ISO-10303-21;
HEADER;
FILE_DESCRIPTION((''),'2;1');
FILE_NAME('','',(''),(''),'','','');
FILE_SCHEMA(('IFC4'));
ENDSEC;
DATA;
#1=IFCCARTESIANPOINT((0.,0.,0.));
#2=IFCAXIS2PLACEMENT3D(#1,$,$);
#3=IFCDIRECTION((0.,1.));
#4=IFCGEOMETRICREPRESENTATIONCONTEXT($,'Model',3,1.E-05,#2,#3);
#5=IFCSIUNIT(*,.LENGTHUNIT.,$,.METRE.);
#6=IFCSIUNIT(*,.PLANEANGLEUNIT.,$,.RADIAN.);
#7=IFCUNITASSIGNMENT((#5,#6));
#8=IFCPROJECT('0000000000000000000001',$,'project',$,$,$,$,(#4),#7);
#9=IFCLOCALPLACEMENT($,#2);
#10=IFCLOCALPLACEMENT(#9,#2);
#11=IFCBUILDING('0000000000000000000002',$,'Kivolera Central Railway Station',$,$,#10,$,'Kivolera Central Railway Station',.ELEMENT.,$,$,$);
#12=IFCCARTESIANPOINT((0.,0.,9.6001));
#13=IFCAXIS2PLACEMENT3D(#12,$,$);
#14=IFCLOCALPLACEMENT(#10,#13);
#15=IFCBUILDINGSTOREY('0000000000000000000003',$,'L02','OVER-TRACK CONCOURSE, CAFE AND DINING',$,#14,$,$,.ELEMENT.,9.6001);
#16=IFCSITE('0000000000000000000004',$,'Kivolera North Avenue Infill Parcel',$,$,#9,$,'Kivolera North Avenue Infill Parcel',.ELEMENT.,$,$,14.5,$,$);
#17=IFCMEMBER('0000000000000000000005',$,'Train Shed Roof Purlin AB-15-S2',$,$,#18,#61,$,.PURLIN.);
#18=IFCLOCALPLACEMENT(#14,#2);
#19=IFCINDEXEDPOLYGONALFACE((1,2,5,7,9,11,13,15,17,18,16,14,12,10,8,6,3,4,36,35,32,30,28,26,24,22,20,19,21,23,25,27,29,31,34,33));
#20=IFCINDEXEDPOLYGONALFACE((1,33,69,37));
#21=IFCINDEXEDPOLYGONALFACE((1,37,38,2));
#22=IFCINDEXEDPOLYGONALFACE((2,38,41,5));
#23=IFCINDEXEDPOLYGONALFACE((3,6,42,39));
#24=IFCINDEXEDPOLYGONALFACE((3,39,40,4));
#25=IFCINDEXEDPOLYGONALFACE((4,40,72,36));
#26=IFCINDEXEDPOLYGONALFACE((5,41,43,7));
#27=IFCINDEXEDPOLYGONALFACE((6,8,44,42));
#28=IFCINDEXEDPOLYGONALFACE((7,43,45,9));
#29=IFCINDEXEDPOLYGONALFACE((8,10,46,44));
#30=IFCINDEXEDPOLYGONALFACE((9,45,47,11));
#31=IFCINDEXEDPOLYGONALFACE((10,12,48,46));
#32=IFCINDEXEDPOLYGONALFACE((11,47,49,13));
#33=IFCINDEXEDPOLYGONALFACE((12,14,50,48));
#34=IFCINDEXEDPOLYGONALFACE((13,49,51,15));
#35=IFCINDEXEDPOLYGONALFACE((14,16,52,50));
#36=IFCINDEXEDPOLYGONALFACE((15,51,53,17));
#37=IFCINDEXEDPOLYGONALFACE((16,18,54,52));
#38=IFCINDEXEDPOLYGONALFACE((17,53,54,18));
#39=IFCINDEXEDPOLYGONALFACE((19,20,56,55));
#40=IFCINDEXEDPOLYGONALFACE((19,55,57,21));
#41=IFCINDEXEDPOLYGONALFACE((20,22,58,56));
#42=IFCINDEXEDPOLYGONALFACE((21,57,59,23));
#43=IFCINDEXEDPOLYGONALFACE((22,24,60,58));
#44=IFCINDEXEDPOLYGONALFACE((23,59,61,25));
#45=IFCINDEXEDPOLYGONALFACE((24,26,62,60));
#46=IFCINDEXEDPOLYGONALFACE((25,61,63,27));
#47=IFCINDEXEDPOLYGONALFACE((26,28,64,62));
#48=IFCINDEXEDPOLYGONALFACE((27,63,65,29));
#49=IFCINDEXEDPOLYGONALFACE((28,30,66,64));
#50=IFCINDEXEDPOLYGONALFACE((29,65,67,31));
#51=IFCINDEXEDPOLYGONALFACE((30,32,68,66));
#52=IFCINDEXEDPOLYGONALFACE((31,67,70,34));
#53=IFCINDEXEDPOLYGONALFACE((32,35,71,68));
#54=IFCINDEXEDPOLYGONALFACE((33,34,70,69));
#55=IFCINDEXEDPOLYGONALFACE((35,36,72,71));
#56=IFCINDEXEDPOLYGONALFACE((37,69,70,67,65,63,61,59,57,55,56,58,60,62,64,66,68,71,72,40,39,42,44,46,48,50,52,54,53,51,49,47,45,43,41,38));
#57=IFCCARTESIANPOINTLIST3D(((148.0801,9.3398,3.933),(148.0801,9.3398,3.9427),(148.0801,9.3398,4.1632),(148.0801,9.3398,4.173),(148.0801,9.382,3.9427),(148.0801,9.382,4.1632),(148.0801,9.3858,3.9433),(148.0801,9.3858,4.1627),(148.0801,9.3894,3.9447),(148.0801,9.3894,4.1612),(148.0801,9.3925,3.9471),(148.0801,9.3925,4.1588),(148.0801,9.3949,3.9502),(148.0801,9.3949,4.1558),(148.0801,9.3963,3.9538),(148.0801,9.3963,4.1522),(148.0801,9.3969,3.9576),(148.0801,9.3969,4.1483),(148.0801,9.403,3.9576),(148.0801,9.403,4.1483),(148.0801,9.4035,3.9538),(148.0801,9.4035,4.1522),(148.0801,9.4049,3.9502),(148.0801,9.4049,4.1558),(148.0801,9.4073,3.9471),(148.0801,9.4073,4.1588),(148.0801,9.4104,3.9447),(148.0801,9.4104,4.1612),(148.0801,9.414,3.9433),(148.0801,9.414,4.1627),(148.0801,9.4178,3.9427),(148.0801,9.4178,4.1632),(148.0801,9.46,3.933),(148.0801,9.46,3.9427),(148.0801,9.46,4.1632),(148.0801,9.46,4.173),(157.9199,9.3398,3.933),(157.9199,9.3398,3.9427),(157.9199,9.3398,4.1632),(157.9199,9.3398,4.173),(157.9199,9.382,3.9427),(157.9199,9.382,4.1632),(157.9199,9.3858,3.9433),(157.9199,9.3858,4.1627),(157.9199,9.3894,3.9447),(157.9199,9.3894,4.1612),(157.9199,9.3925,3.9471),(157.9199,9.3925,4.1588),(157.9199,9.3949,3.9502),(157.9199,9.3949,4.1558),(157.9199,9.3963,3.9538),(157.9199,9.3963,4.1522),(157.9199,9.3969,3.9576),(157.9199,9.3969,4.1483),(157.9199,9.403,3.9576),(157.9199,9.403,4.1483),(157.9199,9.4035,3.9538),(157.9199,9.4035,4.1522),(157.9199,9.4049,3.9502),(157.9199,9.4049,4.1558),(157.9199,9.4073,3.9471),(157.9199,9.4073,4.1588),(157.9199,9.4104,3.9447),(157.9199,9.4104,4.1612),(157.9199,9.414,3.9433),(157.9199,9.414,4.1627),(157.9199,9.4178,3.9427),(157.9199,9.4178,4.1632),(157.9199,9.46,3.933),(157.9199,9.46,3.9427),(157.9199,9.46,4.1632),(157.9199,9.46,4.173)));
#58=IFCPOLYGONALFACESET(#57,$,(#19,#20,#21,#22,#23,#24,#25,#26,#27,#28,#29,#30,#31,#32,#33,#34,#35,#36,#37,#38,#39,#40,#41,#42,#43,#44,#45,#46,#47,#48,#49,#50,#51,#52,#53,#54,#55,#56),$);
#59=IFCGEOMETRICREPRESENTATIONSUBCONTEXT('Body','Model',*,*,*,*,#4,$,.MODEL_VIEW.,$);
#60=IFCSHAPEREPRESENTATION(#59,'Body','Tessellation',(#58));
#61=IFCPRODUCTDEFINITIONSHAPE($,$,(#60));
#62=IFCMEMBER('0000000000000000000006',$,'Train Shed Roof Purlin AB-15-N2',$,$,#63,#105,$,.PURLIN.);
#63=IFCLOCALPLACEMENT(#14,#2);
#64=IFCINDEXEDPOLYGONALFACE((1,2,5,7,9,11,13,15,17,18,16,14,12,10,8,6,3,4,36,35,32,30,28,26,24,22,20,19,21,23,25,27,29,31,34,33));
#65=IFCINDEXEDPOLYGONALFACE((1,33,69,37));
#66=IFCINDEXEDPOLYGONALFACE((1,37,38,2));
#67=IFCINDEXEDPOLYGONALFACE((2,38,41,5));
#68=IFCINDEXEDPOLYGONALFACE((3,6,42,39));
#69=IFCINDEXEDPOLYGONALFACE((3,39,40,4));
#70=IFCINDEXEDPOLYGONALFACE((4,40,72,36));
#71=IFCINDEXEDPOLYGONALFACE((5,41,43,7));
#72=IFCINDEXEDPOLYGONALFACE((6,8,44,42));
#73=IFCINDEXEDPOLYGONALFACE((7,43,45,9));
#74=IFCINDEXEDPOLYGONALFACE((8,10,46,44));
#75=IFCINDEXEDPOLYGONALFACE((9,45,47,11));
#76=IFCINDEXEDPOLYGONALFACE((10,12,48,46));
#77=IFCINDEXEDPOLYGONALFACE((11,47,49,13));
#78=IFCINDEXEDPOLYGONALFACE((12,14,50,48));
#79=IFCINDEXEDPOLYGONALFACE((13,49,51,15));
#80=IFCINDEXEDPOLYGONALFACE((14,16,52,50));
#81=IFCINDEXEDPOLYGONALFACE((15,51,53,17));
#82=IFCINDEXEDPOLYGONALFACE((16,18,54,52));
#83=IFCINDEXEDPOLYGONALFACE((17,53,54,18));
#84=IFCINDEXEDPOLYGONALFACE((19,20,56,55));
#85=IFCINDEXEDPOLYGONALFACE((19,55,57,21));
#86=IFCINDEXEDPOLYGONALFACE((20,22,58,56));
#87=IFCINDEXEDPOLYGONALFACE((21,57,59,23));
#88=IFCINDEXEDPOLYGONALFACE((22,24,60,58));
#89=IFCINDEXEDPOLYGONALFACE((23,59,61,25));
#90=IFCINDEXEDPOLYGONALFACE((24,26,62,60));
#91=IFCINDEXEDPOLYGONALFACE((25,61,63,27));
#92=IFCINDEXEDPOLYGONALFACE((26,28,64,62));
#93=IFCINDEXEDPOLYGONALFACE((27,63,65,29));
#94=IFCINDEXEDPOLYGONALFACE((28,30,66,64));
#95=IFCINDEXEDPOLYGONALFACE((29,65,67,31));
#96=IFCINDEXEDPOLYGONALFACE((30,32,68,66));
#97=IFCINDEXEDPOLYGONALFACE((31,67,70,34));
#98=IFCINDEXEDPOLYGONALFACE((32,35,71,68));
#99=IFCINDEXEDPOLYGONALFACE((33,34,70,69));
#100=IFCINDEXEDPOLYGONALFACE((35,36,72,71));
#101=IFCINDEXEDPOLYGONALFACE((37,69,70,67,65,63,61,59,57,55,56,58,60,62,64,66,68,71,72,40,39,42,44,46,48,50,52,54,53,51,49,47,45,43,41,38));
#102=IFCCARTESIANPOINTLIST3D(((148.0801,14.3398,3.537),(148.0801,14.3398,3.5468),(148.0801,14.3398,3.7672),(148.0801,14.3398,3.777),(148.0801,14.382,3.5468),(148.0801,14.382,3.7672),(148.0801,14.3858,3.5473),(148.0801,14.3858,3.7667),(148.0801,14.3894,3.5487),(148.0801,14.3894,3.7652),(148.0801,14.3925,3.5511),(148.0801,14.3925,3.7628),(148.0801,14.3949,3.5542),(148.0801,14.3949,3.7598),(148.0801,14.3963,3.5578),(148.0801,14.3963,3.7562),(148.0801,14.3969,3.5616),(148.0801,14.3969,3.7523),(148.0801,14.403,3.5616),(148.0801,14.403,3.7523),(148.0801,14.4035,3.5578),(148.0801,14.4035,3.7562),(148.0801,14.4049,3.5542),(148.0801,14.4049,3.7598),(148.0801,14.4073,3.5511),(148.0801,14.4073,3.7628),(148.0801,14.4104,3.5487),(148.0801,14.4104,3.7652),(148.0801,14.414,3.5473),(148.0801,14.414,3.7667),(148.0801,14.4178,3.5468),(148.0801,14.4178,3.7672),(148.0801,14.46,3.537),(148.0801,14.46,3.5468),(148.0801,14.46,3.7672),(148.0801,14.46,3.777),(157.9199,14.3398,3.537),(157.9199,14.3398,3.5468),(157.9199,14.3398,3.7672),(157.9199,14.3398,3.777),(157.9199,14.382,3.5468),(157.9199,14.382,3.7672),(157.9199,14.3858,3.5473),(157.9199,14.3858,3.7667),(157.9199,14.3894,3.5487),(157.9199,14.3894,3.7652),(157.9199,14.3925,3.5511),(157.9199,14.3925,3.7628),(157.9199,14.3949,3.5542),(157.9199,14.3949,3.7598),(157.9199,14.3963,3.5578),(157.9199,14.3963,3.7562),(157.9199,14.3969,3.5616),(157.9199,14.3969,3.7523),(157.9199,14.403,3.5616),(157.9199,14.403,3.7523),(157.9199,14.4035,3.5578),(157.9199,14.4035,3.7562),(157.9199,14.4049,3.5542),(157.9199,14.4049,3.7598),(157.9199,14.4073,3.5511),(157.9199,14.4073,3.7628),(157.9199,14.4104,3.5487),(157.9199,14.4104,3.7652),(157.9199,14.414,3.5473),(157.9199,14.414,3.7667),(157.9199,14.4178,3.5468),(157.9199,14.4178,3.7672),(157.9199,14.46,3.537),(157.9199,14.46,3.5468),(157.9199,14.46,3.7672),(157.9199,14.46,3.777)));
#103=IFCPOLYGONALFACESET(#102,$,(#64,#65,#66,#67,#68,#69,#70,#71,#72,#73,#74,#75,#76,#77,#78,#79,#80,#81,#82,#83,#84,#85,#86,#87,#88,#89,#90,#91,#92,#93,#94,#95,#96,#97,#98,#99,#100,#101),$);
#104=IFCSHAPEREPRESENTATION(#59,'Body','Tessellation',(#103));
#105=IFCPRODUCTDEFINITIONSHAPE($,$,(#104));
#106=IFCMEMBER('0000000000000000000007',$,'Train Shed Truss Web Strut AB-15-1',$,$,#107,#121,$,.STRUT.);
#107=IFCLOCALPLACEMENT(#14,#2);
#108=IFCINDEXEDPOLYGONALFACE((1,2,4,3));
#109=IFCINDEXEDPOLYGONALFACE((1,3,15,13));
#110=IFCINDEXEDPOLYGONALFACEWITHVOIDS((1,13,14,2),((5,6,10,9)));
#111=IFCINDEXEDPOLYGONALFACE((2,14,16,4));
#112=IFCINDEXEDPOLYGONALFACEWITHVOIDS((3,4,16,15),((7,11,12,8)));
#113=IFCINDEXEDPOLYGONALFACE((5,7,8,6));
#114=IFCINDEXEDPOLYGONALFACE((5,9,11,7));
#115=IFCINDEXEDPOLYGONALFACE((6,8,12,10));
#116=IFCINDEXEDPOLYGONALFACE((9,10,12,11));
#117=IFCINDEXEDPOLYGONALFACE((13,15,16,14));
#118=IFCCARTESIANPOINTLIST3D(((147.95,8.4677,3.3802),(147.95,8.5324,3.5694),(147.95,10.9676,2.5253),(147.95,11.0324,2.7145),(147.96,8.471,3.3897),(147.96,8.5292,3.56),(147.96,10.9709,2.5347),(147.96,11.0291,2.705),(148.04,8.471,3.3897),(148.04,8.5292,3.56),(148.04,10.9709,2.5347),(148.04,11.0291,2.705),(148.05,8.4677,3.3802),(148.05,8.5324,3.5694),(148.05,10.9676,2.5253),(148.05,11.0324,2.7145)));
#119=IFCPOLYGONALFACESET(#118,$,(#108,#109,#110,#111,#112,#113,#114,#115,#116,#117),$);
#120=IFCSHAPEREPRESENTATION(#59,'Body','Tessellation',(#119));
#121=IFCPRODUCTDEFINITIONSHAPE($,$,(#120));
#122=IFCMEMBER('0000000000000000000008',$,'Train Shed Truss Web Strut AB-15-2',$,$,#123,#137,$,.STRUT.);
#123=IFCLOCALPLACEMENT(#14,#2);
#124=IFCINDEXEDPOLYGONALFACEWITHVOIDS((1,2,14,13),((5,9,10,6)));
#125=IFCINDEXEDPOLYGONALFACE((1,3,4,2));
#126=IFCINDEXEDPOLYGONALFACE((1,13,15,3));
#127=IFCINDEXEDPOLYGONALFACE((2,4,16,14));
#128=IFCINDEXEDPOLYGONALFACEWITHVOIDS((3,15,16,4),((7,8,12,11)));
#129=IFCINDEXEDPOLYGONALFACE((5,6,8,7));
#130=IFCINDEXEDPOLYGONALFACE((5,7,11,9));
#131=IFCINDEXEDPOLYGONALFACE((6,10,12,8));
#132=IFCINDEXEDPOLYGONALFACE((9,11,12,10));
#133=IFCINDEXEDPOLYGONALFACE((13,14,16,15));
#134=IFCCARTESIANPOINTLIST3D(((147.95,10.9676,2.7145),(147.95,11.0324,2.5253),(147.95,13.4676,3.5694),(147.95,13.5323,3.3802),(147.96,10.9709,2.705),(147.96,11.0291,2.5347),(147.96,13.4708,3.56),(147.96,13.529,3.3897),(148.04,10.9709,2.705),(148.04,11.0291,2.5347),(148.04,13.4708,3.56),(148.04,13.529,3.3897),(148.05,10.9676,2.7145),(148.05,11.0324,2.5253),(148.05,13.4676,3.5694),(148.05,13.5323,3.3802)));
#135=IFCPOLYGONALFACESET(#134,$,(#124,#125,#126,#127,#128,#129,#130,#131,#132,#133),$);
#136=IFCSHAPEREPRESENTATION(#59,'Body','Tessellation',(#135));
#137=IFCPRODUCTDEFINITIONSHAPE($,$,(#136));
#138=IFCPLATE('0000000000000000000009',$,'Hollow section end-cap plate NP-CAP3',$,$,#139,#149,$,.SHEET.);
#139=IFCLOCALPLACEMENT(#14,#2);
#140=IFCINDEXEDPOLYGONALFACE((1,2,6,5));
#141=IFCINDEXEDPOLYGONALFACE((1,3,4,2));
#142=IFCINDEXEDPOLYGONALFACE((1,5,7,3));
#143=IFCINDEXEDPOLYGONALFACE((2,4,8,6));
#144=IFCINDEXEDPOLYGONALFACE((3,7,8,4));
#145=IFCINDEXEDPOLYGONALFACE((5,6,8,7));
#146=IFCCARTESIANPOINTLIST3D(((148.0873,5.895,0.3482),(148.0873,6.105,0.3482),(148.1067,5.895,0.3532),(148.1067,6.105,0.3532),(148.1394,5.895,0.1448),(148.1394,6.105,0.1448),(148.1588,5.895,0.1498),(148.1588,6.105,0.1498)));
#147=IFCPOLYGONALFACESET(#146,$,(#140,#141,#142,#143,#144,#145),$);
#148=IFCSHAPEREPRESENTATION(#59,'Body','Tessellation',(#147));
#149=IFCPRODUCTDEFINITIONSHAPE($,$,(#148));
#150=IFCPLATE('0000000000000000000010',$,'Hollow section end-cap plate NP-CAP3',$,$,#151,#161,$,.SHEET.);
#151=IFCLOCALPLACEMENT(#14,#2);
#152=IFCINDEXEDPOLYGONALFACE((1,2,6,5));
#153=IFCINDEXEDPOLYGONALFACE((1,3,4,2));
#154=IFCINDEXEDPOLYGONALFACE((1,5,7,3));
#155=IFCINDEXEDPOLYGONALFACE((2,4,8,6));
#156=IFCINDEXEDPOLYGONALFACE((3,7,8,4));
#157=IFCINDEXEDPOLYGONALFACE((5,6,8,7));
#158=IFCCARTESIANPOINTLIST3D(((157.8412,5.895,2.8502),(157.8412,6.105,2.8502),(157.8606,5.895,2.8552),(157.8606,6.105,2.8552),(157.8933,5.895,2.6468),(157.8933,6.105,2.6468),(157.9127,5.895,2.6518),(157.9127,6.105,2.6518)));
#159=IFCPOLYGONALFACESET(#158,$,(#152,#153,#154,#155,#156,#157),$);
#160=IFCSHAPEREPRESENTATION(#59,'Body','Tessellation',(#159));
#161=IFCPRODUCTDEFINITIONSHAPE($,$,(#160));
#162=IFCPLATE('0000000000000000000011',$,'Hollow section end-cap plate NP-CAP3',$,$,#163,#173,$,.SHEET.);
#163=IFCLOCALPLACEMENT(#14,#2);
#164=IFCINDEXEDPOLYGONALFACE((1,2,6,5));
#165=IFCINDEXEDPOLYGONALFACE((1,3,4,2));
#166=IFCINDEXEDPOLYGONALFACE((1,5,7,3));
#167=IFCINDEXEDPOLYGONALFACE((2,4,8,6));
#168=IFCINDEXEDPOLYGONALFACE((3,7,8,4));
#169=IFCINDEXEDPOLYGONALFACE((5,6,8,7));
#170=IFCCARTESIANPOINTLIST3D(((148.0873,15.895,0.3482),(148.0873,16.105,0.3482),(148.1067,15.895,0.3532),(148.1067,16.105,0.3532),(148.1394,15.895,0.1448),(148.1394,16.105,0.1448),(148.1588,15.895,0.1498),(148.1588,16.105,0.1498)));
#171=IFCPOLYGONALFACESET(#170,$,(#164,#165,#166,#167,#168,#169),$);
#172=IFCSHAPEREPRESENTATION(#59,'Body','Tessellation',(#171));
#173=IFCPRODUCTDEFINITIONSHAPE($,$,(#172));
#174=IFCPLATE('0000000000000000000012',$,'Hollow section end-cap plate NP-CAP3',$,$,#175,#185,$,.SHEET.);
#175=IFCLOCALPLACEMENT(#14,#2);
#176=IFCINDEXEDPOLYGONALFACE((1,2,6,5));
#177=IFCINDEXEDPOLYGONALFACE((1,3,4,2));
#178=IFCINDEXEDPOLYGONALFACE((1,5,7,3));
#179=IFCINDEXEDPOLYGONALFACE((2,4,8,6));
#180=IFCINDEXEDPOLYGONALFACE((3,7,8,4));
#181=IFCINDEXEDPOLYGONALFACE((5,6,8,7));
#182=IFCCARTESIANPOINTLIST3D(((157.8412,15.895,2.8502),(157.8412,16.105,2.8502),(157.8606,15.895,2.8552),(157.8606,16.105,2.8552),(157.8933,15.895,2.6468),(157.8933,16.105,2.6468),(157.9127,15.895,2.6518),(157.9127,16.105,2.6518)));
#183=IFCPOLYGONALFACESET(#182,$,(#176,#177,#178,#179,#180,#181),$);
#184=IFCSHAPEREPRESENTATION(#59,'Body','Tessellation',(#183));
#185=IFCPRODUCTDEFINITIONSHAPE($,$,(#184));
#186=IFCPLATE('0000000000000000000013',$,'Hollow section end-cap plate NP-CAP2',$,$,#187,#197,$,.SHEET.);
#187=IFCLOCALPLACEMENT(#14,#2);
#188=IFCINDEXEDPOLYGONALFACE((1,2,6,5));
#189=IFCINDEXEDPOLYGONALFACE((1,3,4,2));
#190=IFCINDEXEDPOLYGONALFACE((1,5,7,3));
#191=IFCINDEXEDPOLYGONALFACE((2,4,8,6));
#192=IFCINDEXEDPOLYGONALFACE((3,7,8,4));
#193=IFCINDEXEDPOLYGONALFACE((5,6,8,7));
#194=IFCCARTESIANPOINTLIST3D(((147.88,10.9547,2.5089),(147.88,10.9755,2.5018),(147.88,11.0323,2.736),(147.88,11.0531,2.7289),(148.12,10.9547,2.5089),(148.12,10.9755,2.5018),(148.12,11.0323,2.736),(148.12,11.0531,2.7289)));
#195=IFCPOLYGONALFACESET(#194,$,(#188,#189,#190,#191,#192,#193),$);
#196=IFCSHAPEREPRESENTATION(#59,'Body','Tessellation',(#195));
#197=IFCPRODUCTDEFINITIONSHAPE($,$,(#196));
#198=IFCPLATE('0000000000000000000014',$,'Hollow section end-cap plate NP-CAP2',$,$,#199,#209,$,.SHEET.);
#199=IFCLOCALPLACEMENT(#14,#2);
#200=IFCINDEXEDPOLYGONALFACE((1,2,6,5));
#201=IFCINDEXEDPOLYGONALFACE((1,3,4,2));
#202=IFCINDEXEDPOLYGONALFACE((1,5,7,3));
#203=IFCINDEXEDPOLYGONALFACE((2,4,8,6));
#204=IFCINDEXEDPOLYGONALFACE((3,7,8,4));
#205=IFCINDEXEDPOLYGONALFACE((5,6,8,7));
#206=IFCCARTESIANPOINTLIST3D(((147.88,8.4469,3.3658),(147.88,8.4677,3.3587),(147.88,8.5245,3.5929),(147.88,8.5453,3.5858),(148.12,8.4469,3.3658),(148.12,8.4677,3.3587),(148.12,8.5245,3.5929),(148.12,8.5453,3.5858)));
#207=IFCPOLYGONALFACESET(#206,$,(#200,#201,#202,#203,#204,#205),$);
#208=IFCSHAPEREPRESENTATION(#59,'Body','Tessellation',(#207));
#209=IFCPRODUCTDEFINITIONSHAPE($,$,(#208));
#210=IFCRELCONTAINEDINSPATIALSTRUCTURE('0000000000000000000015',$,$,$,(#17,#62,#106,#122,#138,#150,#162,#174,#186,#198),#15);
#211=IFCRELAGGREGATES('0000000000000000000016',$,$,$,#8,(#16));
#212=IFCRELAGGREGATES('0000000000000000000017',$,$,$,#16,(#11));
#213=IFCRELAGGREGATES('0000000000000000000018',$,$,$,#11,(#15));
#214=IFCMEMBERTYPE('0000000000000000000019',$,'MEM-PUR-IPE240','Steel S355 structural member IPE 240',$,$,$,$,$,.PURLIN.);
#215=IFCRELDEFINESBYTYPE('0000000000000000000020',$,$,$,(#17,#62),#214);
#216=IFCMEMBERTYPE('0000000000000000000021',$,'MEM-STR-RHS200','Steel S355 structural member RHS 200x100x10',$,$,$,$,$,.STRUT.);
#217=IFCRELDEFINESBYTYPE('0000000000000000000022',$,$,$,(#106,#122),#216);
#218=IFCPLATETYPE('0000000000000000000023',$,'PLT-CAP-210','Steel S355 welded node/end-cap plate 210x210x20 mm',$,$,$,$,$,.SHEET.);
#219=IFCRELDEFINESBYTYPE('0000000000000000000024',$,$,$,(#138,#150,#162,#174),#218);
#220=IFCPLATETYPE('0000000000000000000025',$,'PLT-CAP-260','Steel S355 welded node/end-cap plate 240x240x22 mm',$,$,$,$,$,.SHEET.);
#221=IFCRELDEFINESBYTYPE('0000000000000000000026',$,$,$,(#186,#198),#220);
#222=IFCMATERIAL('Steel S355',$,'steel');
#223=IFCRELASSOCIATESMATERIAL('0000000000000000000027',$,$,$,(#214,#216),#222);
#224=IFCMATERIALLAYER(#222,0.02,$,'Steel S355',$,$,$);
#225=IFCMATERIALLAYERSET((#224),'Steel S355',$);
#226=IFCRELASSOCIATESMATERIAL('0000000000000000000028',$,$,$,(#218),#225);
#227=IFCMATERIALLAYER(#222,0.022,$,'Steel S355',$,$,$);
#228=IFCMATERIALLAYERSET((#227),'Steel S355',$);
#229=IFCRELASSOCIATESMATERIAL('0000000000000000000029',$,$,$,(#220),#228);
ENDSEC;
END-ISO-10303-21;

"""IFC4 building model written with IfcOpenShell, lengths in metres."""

from ifc_helpers import new_model, si_unit, direction, frame, origin, origin_2d, place, context, subcontext, project, spatial, rectangle, hollow_rectangle, i_section, extrude, material, layer, layer_set, material_profile, profile_set, type_object, element, save


model = new_model("IFC4")

# Units and contexts
model_context = context("Model", 3, precision=1e-05, world=origin(), true_north=direction((0.0, 1.0)))
body_context = subcontext(model_context, "Body", "Model", "MODEL_VIEW")
ifc_project = project(units=[si_unit("LENGTHUNIT", "METRE"), si_unit("PLANEANGLEUNIT", "RADIAN")], contexts=[model_context])

# Site, building, storey
site_placement = place(None, origin())
site = spatial("IfcSite", under=ifc_project, at=site_placement, Name="Kivolera North Avenue Infill Parcel", LongName="Kivolera North Avenue Infill Parcel", CompositionType="ELEMENT", RefElevation=14.5)
building_placement = place(site_placement, origin())
building = spatial("IfcBuilding", under=site, at=building_placement, Name="Kivolera Central Railway Station", LongName="Kivolera Central Railway Station", CompositionType="ELEMENT")
storey_placement = place(building_placement, frame((0.0, 0.0, 9.6001)))
storey = spatial("IfcBuildingStorey", under=building, at=storey_placement, Name="L02", Description="OVER-TRACK CONCOURSE, CAFE AND DINING", CompositionType="ELEMENT", Elevation=9.6001)

# Shared definitions
ifc_material_1 = material(Name="Steel S355", Category="steel")

# Members
ifc_material_profile_1 = material_profile(ifc_material_1, i_section(OverallWidth=0.1201, OverallDepth=0.24, WebThickness=0.0061, FlangeThickness=0.0098, FilletRadius=0.0149, at=origin_2d()), Name="IPE 240")
ifc_profile_set_1 = profile_set([ifc_material_profile_1], Name="Steel S355")
member_type_1 = type_object("IfcMemberType", Name="MEM-PUR-IPE240", Description="Steel S355 structural member IPE 240", PredefinedType="PURLIN", material=ifc_profile_set_1)
for number, where, z_axis, x_axis, name in (
    (1, (148.0801, 9.3999, 4.053), (1.0, 0.0, 0.0), (0.0, 1.0, 0.0), "Train Shed Roof Purlin AB-15-S2"),
    (2, (148.0801, 14.3999, 3.657), (1.0, 0.0, 0.0), (0.0, 1.0, 0.0), "Train Shed Roof Purlin AB-15-N2"),
):
    element("IfcMember", number, at=place(storey_placement, frame(where, z_axis=z_axis, x_axis=x_axis)), inside=storey, type_object=member_type_1, Name=name, PredefinedType="PURLIN", context=body_context, shape_type="SweptSolid", body=[
        extrude(i_section(OverallWidth=0.1201, OverallDepth=0.24, WebThickness=0.0061, FlangeThickness=0.0098, FilletRadius=0.0149, at=origin_2d()), origin(), (0.0, 0.0, 1.0), 9.8398),
    ])
ifc_material_profile_2 = material_profile(ifc_material_1, hollow_rectangle(XDim=0.1001, YDim=0.2, WallThickness=0.01, at=origin_2d()), Name="RHS 200x100x10")
ifc_profile_set_2 = profile_set([ifc_material_profile_2], Name="Steel S355")
member_type_2 = type_object("IfcMemberType", Name="MEM-STR-RHS200", Description="Steel S355 structural member RHS 200x100x10", PredefinedType="STRUT", material=ifc_profile_set_2)
for number, where, z_axis, x_axis, name in (
    (3, (148.0, 11.0, 2.6199), (0.0, -0.946197, 0.323592), (1.0, 0.0, 0.0), "Train Shed Truss Web Strut AB-15-1"),
    (4, (148.0, 11.0, 2.6199), (0.0, 0.946197, 0.323592), (-1.0, 0.0, 0.0), "Train Shed Truss Web Strut AB-15-2"),
):
    element("IfcMember", number, at=place(storey_placement, frame(where, z_axis=z_axis, x_axis=x_axis)), inside=storey, type_object=member_type_2, Name=name, PredefinedType="STRUT", context=body_context, shape_type="SweptSolid", body=[
        extrude(hollow_rectangle(XDim=0.1001, YDim=0.2, WallThickness=0.01, at=origin_2d()), origin(), (0.0, 0.0, 1.0), 2.6421),
    ])

# Plates
ifc_layer_1 = layer(ifc_material_1, 0.02, Name="Steel S355")
ifc_layer_set_1 = layer_set([ifc_layer_1], Name="Steel S355")
plate_type_1 = type_object("IfcPlateType", Name="PLT-CAP-210", Description="Steel S355 welded node/end-cap plate 210x210x20 mm", PredefinedType="SHEET", material=ifc_layer_set_1)
for number, where, z_axis, x_axis, name in (
    (5, (148.123, 6.0, 0.249), (0.968639, 0.0, 0.248471), (0.0, 1.0, 0.0), "Hollow section end-cap plate NP-CAP3"),
    (6, (157.877, 6.0, 2.751), (0.968639, 0.0, 0.248471), (0.0, 1.0, 0.0), "Hollow section end-cap plate NP-CAP3"),
    (7, (148.123, 16.0, 0.249), (0.968639, 0.0, 0.248471), (0.0, 1.0, 0.0), "Hollow section end-cap plate NP-CAP3"),
    (8, (157.877, 16.0, 2.751), (0.968639, 0.0, 0.248471), (0.0, 1.0, 0.0), "Hollow section end-cap plate NP-CAP3"),
):
    element("IfcPlate", number, at=place(storey_placement, frame(where, z_axis=z_axis, x_axis=x_axis)), inside=storey, type_object=plate_type_1, Name=name, PredefinedType="SHEET", context=body_context, shape_type="SweptSolid", body=[
        extrude(rectangle(XDim=0.21, YDim=0.21, at=origin_2d()), frame((0.0, 0.0, -0.01)), (0.0, 0.0, 1.0), 0.02),
    ])
ifc_layer_2 = layer(ifc_material_1, 0.022, Name="Steel S355")
ifc_layer_set_2 = layer_set([ifc_layer_2], Name="Steel S355")
plate_type_2 = type_object("IfcPlateType", Name="PLT-CAP-260", Description="Steel S355 welded node/end-cap plate 240x240x22 mm", PredefinedType="SHEET", material=ifc_layer_set_2)
for number, where, z_axis, x_axis, name in (
    (9, (148.0, 11.0039, 2.6189), (0.0, -0.946194, 0.323599), (1.0, 0.0, 0.0), "Hollow section end-cap plate NP-CAP2"),
    (10, (148.0, 8.4961, 3.4758), (0.0, -0.946194, 0.323599), (1.0, 0.0, 0.0), "Hollow section end-cap plate NP-CAP2"),
):
    element("IfcPlate", number, at=place(storey_placement, frame(where, z_axis=z_axis, x_axis=x_axis)), inside=storey, type_object=plate_type_2, Name=name, PredefinedType="SHEET", context=body_context, shape_type="SweptSolid", body=[
        extrude(rectangle(XDim=0.24, YDim=0.24, at=origin_2d()), frame((0.0, 0.0, -0.011)), (0.0, 0.0, 1.0), 0.022),
    ])

save(model, "model.ifc")
